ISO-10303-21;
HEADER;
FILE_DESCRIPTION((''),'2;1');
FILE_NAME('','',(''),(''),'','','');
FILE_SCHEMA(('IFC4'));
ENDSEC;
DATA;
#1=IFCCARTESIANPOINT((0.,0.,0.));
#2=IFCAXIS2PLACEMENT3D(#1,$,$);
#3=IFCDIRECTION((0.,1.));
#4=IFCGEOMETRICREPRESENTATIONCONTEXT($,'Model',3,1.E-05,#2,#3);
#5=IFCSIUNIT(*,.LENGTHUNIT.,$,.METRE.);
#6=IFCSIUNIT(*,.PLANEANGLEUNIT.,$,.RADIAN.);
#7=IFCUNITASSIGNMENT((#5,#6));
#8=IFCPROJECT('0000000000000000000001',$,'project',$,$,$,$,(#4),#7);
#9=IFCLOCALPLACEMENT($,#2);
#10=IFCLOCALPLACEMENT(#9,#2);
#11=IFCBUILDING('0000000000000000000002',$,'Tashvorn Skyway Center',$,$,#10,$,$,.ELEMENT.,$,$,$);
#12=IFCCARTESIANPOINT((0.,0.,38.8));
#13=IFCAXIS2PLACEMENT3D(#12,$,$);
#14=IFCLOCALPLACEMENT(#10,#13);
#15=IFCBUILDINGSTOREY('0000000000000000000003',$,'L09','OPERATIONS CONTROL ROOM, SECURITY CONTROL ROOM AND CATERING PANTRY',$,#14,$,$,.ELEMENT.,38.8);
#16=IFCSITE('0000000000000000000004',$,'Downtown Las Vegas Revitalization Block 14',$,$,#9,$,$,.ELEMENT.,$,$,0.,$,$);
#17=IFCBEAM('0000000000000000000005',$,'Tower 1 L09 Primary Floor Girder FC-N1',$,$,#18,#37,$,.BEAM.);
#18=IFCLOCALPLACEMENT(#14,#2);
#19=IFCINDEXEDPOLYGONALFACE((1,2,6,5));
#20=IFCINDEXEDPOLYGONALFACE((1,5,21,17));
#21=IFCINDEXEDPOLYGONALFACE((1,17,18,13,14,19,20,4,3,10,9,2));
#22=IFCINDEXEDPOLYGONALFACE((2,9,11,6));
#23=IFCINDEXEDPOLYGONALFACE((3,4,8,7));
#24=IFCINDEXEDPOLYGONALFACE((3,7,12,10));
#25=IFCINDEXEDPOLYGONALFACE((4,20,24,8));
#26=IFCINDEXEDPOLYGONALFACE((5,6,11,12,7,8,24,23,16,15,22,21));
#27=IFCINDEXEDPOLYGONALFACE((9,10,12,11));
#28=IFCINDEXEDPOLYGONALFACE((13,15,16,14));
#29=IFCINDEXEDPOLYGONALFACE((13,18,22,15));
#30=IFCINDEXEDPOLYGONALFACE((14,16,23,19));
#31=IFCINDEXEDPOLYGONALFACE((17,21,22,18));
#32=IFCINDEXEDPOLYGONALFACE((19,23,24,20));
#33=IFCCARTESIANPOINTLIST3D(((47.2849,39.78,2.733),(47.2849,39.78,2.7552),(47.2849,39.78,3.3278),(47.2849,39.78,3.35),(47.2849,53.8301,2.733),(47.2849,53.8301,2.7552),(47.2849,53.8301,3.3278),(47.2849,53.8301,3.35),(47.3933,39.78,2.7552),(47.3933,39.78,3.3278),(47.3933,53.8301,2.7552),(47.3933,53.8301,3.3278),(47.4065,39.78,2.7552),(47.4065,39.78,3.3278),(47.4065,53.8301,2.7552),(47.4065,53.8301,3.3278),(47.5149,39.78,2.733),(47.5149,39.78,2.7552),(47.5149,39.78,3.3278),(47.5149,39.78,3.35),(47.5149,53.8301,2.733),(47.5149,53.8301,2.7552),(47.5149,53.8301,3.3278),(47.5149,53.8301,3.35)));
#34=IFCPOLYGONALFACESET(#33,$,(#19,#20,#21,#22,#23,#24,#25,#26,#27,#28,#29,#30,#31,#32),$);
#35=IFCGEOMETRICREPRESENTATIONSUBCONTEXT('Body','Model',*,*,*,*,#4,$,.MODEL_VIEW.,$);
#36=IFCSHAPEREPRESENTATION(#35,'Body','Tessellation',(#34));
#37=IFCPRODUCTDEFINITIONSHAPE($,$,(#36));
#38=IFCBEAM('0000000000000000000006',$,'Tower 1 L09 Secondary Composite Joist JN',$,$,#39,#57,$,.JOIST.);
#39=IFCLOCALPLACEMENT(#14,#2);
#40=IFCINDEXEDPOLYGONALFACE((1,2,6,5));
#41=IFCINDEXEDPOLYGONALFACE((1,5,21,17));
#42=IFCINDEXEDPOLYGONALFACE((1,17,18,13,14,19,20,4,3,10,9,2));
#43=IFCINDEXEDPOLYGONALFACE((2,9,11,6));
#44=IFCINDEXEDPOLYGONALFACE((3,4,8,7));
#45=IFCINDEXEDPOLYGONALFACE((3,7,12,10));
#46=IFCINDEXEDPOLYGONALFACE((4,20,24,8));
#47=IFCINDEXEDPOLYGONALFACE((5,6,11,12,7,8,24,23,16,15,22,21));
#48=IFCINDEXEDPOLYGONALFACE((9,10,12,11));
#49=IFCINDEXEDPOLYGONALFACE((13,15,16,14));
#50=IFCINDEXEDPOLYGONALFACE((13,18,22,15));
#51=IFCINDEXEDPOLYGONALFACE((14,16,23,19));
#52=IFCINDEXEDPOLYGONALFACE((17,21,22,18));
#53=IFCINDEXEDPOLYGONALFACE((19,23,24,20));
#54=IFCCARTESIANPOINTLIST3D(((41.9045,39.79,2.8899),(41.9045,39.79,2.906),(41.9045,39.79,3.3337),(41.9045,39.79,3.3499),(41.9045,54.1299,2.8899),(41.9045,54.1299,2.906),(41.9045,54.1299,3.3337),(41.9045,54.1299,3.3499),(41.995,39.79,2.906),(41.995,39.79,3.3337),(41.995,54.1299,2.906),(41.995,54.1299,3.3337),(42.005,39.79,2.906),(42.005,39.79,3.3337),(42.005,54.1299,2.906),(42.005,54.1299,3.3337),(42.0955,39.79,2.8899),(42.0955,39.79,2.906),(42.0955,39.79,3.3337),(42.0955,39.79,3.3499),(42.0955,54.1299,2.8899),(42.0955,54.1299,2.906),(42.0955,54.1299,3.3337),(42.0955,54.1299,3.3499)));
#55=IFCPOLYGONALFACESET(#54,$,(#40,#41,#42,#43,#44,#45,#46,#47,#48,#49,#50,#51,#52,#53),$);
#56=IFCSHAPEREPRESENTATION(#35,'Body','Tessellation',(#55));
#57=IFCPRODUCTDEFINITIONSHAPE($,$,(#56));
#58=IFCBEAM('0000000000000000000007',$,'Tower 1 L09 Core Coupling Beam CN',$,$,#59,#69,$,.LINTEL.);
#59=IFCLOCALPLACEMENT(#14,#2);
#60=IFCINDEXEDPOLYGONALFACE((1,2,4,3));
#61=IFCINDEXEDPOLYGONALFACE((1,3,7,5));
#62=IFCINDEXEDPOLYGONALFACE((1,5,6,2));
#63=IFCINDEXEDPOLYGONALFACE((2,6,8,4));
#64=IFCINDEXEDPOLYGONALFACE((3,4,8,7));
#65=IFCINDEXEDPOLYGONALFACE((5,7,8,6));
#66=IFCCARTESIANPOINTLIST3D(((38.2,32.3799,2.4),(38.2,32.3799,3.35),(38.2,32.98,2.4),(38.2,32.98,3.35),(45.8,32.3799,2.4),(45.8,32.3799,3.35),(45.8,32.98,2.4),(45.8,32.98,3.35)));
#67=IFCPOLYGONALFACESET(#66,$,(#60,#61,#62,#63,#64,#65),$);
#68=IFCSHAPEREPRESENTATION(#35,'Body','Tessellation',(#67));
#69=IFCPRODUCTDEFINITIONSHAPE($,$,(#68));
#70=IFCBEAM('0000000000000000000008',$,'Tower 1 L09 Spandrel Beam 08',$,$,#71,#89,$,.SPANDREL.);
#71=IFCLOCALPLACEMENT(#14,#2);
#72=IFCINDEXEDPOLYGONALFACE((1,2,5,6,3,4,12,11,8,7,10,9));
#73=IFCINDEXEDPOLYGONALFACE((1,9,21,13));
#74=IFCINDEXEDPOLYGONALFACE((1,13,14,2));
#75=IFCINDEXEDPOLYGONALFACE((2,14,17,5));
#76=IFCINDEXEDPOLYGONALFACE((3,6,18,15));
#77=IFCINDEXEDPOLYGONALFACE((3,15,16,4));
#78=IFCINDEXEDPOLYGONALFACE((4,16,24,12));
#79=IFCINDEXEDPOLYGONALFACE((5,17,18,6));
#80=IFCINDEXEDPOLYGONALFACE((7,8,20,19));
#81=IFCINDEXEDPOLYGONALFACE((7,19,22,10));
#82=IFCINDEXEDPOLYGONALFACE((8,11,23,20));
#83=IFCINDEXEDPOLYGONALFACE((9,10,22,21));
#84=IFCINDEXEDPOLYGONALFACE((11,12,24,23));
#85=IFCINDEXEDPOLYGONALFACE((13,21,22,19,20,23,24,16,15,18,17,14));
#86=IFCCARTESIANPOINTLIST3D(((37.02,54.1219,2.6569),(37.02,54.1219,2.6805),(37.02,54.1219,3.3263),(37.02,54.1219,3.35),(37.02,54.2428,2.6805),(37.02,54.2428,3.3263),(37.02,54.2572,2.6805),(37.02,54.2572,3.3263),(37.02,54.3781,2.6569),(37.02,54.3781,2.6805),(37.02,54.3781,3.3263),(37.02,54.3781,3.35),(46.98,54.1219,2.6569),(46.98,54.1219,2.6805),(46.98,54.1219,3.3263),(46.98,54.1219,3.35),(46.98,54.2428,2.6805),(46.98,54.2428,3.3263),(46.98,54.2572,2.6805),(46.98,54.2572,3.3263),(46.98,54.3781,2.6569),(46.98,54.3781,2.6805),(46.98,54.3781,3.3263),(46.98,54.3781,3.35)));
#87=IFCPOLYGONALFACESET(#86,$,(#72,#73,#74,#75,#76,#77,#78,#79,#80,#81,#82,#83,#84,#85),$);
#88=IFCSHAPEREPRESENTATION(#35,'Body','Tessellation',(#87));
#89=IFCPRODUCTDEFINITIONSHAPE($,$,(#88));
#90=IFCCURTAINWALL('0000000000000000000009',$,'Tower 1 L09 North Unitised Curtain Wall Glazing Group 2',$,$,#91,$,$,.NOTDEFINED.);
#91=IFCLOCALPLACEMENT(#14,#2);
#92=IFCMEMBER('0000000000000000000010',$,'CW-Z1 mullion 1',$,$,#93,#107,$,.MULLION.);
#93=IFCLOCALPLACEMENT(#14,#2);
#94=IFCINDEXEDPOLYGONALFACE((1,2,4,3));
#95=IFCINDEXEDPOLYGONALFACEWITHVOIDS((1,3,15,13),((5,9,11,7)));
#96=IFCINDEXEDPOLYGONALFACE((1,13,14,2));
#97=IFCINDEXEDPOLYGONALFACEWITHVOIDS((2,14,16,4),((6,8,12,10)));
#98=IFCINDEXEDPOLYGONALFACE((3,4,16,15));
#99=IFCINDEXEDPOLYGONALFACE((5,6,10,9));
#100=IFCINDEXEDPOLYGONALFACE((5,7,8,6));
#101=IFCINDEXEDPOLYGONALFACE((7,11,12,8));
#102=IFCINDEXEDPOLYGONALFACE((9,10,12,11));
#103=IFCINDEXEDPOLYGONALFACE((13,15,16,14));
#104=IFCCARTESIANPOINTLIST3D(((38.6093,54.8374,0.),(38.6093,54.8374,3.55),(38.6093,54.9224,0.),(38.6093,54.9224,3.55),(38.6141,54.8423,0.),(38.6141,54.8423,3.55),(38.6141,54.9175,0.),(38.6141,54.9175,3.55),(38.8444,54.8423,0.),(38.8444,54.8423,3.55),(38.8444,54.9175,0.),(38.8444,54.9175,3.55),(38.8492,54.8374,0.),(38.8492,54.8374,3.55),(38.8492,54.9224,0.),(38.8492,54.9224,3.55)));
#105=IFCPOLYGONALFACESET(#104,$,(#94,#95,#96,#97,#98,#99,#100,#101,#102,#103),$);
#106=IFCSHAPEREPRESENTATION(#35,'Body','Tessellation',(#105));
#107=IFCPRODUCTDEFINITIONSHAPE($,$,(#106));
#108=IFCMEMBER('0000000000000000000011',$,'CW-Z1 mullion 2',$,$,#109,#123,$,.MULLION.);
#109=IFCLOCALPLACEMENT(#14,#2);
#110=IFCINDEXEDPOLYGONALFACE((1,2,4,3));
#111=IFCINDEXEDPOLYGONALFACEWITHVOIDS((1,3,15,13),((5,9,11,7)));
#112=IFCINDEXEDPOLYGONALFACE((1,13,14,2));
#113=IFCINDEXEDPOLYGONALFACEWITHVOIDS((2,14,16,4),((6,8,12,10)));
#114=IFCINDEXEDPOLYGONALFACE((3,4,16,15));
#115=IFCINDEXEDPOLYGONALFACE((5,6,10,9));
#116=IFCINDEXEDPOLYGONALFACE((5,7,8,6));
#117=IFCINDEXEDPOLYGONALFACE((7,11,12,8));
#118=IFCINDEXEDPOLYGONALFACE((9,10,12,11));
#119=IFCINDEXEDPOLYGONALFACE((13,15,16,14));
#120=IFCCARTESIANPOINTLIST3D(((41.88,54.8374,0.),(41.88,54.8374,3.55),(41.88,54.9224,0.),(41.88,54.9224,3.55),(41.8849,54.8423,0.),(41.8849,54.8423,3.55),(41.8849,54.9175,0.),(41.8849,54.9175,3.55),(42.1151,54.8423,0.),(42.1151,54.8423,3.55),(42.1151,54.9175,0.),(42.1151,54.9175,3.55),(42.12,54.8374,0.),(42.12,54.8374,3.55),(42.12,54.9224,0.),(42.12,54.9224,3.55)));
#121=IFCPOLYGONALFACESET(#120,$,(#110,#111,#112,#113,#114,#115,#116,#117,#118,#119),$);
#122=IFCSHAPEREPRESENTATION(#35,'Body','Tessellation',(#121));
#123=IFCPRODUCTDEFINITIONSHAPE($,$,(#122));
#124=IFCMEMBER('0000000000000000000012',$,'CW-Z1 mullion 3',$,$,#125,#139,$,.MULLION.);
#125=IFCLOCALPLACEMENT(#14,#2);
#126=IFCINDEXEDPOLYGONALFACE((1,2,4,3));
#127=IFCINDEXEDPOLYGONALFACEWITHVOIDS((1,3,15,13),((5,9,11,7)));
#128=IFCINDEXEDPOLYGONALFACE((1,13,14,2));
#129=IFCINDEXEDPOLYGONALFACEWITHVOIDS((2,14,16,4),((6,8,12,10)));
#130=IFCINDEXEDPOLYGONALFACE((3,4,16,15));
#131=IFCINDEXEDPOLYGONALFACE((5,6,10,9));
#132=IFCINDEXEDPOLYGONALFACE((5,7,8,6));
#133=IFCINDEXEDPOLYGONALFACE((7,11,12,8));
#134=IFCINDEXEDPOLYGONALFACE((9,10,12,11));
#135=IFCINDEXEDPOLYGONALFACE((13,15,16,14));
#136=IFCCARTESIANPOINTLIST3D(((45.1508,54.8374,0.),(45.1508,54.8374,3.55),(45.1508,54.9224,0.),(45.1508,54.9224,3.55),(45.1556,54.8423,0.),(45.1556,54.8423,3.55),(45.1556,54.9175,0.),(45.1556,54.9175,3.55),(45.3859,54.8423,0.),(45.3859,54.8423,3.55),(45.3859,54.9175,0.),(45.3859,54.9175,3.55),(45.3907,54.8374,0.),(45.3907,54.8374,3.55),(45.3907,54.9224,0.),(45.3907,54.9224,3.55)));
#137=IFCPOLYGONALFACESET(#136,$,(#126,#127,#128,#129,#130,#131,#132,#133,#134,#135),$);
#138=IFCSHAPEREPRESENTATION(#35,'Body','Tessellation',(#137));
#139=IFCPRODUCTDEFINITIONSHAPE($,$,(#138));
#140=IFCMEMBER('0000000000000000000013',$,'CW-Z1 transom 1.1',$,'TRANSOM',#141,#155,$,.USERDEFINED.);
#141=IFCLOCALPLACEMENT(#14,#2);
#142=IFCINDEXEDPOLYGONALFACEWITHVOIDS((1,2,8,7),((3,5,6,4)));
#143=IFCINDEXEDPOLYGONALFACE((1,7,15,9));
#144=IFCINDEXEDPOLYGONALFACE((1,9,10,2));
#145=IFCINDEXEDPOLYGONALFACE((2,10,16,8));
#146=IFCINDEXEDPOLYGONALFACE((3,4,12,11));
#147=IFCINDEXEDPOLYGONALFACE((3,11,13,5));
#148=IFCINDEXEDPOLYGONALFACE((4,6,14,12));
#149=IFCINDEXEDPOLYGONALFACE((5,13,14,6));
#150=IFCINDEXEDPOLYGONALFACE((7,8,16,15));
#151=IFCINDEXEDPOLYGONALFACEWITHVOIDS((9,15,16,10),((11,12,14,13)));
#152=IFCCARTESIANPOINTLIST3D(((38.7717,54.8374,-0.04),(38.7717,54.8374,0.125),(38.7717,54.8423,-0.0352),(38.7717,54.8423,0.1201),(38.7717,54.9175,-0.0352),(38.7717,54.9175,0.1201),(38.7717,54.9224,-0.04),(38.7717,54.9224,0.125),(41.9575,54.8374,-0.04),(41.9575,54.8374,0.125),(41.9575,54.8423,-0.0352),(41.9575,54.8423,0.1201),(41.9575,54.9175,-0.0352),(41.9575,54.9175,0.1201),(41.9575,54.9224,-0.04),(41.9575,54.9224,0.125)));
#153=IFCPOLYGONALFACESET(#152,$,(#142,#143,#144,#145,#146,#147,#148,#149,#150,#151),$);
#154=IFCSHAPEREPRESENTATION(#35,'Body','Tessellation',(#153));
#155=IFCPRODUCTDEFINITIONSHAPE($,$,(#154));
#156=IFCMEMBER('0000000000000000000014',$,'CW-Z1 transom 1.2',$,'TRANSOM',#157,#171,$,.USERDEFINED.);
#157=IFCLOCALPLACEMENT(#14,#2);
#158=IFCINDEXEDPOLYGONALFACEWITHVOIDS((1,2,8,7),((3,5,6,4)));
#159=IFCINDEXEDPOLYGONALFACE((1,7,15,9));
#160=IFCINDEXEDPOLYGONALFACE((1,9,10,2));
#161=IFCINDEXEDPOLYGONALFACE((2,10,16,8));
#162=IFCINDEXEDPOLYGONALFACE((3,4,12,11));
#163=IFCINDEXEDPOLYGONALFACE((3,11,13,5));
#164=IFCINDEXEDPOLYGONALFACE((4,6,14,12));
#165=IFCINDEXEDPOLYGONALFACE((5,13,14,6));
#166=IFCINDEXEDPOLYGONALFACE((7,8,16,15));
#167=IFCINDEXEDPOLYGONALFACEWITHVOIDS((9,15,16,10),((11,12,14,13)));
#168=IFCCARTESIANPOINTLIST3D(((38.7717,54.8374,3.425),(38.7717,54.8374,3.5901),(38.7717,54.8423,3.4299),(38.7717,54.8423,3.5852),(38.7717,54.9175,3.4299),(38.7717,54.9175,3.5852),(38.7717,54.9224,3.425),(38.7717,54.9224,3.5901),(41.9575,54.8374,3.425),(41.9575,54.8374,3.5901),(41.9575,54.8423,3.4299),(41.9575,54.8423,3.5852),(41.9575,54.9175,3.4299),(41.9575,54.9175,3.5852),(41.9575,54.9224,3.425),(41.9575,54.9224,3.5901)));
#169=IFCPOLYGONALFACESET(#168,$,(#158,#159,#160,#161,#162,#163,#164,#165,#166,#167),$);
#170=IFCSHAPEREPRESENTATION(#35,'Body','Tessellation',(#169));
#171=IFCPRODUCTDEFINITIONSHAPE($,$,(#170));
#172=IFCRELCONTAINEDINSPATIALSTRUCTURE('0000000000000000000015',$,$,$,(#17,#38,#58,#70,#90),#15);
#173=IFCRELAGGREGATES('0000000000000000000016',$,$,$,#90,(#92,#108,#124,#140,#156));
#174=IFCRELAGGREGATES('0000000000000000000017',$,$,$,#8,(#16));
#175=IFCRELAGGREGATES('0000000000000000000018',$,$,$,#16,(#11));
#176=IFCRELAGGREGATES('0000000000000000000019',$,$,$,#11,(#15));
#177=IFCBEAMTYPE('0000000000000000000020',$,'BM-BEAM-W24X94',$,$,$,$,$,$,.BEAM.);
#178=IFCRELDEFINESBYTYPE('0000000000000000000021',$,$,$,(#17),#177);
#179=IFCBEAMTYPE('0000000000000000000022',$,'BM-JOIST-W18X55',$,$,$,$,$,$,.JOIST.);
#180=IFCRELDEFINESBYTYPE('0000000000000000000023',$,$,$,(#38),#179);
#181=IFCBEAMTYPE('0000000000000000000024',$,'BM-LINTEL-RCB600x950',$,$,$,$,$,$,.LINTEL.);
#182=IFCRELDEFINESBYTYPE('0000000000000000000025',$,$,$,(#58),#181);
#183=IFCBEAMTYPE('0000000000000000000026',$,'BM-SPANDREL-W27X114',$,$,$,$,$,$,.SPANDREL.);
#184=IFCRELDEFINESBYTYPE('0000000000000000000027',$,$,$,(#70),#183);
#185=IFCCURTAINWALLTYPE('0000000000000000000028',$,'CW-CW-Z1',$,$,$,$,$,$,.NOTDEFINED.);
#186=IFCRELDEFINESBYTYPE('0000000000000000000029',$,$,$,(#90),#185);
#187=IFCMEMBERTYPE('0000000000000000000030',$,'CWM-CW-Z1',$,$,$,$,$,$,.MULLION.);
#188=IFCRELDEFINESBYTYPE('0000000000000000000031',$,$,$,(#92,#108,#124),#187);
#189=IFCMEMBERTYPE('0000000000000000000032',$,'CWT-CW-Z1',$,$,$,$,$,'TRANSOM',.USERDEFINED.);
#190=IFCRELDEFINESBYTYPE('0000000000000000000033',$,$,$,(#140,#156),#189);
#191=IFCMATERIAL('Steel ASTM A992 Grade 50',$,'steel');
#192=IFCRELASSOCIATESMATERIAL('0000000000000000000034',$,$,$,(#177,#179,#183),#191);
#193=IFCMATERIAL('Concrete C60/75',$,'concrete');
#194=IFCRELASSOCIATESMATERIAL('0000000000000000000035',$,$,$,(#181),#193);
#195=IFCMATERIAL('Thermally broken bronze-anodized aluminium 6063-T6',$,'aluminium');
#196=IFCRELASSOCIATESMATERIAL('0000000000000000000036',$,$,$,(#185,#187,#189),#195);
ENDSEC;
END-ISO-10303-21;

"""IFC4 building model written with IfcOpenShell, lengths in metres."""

from ifc_helpers import new_model, si_unit, direction, frame, origin, origin_2d, place, context, subcontext, project, spatial, rectangle, hollow_rectangle, i_section, extrude, material, material_profile, profile_set, type_object, element, aggregate, save


model = new_model("IFC4")

# Units and contexts
model_context = context("Model", 3, precision=1e-05, world=origin(), true_north=direction((0.0, 1.0)))
body_context = subcontext(model_context, "Body", "Model", "MODEL_VIEW")
ifc_project = project(units=[si_unit("LENGTHUNIT", "METRE"), si_unit("PLANEANGLEUNIT", "RADIAN")], contexts=[model_context])

# Site, building, storey
site_placement = place(None, origin())
site = spatial("IfcSite", under=ifc_project, at=site_placement, Name="Downtown Las Vegas Revitalization Block 14", CompositionType="ELEMENT", RefElevation=0.0)
building_placement = place(site_placement, origin())
building = spatial("IfcBuilding", under=site, at=building_placement, Name="Tashvorn Skyway Center", CompositionType="ELEMENT")
storey_placement = place(building_placement, frame((0.0, 0.0, 38.8)))
storey = spatial("IfcBuildingStorey", under=building, at=storey_placement, Name="L09", Description="OPERATIONS CONTROL ROOM, SECURITY CONTROL ROOM AND CATERING PANTRY", CompositionType="ELEMENT", Elevation=38.8)

# Beams
ifc_material_1 = material(Name="Steel ASTM A992 Grade 50", Category="steel")
ifc_material_profile_1 = material_profile(ifc_material_1, i_section(OverallWidth=0.23, OverallDepth=0.6169, WebThickness=0.0132, FlangeThickness=0.0222, at=origin_2d()), Name="W24X94")
ifc_profile_set_1 = profile_set([ifc_material_profile_1], Name="Steel ASTM A992 Grade 50")
beam_type_1 = type_object("IfcBeamType", Name="BM-BEAM-W24X94", PredefinedType="BEAM", material=ifc_profile_set_1)
beam_1_placement = place(storey_placement, frame((47.3999, 53.8301, 3.0415), z_axis=(0.0, -1.0, 0.0), x_axis=(1.0, 0.0, 0.0)))
element("IfcBeam", 1, at=beam_1_placement, inside=storey, type_object=beam_type_1, Name="Tower 1 L09 Primary Floor Girder FC-N1", PredefinedType="BEAM", context=body_context, shape_type="SweptSolid", body=[
    extrude(i_section(OverallWidth=0.23, OverallDepth=0.6169, WebThickness=0.0132, FlangeThickness=0.0222, at=origin_2d()), origin(), (0.0, 0.0, 1.0), 14.05),
])
ifc_material_profile_2 = material_profile(ifc_material_1, i_section(OverallWidth=0.1909, OverallDepth=0.46, WebThickness=0.01, FlangeThickness=0.0161, at=origin_2d()), Name="W18X55")
ifc_profile_set_2 = profile_set([ifc_material_profile_2], Name="Steel ASTM A992 Grade 50")
beam_type_2 = type_object("IfcBeamType", Name="BM-JOIST-W18X55", PredefinedType="JOIST", material=ifc_profile_set_2)
beam_2_placement = place(storey_placement, frame((42.0, 39.79, 3.1199), z_axis=(0.0, 1.0, 0.0), x_axis=(-1.0, 0.0, 0.0)))
element("IfcBeam", 2, at=beam_2_placement, inside=storey, type_object=beam_type_2, Name="Tower 1 L09 Secondary Composite Joist JN", PredefinedType="JOIST", context=body_context, shape_type="SweptSolid", body=[
    extrude(i_section(OverallWidth=0.1909, OverallDepth=0.46, WebThickness=0.01, FlangeThickness=0.0161, at=origin_2d()), origin(), (0.0, 0.0, 1.0), 14.3398),
])
ifc_material_2 = material(Name="Concrete C60/75", Category="concrete")
ifc_material_profile_3 = material_profile(ifc_material_2, rectangle(XDim=0.6001, YDim=0.95, at=origin_2d()), Name="RCB600x950")
ifc_profile_set_3 = profile_set([ifc_material_profile_3], Name="Concrete C60/75")
beam_type_3 = type_object("IfcBeamType", Name="BM-LINTEL-RCB600x950", PredefinedType="LINTEL", material=ifc_profile_set_3)
beam_3_placement = place(storey_placement, frame((38.2, 32.6799, 2.875), z_axis=(1.0, 0.0, 0.0), x_axis=(0.0, 1.0, 0.0)))
element("IfcBeam", 3, at=beam_3_placement, inside=storey, type_object=beam_type_3, Name="Tower 1 L09 Core Coupling Beam CN", PredefinedType="LINTEL", context=body_context, shape_type="SweptSolid", body=[
    extrude(rectangle(XDim=0.6001, YDim=0.95, at=origin_2d()), origin(), (0.0, 0.0, 1.0), 7.6001),
])
ifc_material_profile_4 = material_profile(ifc_material_1, i_section(OverallWidth=0.2561, OverallDepth=0.6931, WebThickness=0.0144, FlangeThickness=0.0237, at=origin_2d()), Name="W27X114")
ifc_profile_set_4 = profile_set([ifc_material_profile_4], Name="Steel ASTM A992 Grade 50")
beam_type_4 = type_object("IfcBeamType", Name="BM-SPANDREL-W27X114", PredefinedType="SPANDREL", material=ifc_profile_set_4)
beam_4_placement = place(storey_placement, frame((46.98, 54.25, 3.0034), z_axis=(-1.0, 0.0, 0.0), x_axis=(0.0, -1.0, 0.0)))
element("IfcBeam", 4, at=beam_4_placement, inside=storey, type_object=beam_type_4, Name="Tower 1 L09 Spandrel Beam 08", PredefinedType="SPANDREL", context=body_context, shape_type="SweptSolid", body=[
    extrude(i_section(OverallWidth=0.2561, OverallDepth=0.6931, WebThickness=0.0144, FlangeThickness=0.0237, at=origin_2d()), origin(), (0.0, 0.0, 1.0), 9.96),
])

# Curtain wall, members
ifc_material_3 = material(Name="Thermally broken bronze-anodized aluminium 6063-T6", Category="aluminium")
curtain_wall_type = type_object("IfcCurtainWallType", Name="CW-CW-Z1", PredefinedType="NOTDEFINED", material=ifc_material_3)
curtain_wall_placement = place(storey_placement, origin())
curtain_wall = element("IfcCurtainWall", 5, at=curtain_wall_placement, inside=storey, type_object=curtain_wall_type, Name="Tower 1 L09 North Unitised Curtain Wall Glazing Group 2", PredefinedType="NOTDEFINED")
ifc_material_profile_5 = material_profile(ifc_material_3, hollow_rectangle(XDim=0.085, YDim=0.24, WallThickness=0.0049, at=origin_2d()), Name="ALU-MULL-85x240")
ifc_profile_set_5 = profile_set([ifc_material_profile_5], Name="Thermally broken bronze-anodized aluminium 6063-T6")
member_type_1 = type_object("IfcMemberType", Name="CWM-CW-Z1", PredefinedType="MULLION", material=ifc_profile_set_5)
member_1_placement = place(storey_placement, frame((38.7292, 54.8799, 0.0), z_axis=(0.0, 0.0, 1.0), x_axis=(0.0, 1.0, 0.0)))
member_1 = element("IfcMember", 6, at=member_1_placement, type_object=member_type_1, Name="CW-Z1 mullion 1", PredefinedType="MULLION", context=body_context, shape_type="SweptSolid", body=[
    extrude(hollow_rectangle(XDim=0.085, YDim=0.24, WallThickness=0.0049, at=origin_2d()), origin(), (0.0, 0.0, 1.0), 3.55),
])
member_2_placement = place(storey_placement, frame((42.0, 54.8799, 0.0), z_axis=(0.0, 0.0, 1.0), x_axis=(0.0, 1.0, 0.0)))
member_2 = element("IfcMember", 7, at=member_2_placement, type_object=member_type_1, Name="CW-Z1 mullion 2", PredefinedType="MULLION", context=body_context, shape_type="SweptSolid", body=[
    extrude(hollow_rectangle(XDim=0.085, YDim=0.24, WallThickness=0.0049, at=origin_2d()), origin(), (0.0, 0.0, 1.0), 3.55),
])
member_3_placement = place(storey_placement, frame((45.2708, 54.8799, 0.0), z_axis=(0.0, 0.0, 1.0), x_axis=(0.0, 1.0, 0.0)))
member_3 = element("IfcMember", 8, at=member_3_placement, type_object=member_type_1, Name="CW-Z1 mullion 3", PredefinedType="MULLION", context=body_context, shape_type="SweptSolid", body=[
    extrude(hollow_rectangle(XDim=0.085, YDim=0.24, WallThickness=0.0049, at=origin_2d()), origin(), (0.0, 0.0, 1.0), 3.55),
])
ifc_material_profile_6 = material_profile(ifc_material_3, hollow_rectangle(XDim=0.085, YDim=0.165, WallThickness=0.0049, at=origin_2d()), Name="ALU-TRAN-85x165")
ifc_profile_set_6 = profile_set([ifc_material_profile_6], Name="Thermally broken bronze-anodized aluminium 6063-T6")
member_type_2 = type_object("IfcMemberType", Name="CWT-CW-Z1", ElementType="TRANSOM", PredefinedType="USERDEFINED", material=ifc_profile_set_6)
member_4_placement = place(storey_placement, frame((38.7717, 54.8799, 0.0425), z_axis=(1.0, 0.0, 0.0), x_axis=(0.0, 1.0, 0.0)))
member_4 = element("IfcMember", 9, at=member_4_placement, type_object=member_type_2, Name="CW-Z1 transom 1.1", ObjectType="TRANSOM", PredefinedType="USERDEFINED", context=body_context, shape_type="SweptSolid", body=[
    extrude(hollow_rectangle(XDim=0.085, YDim=0.165, WallThickness=0.0049, at=origin_2d()), origin(), (0.0, 0.0, 1.0), 3.1858),
])
member_5_placement = place(storey_placement, frame((38.7717, 54.8799, 3.5076), z_axis=(1.0, 0.0, 0.0), x_axis=(0.0, 1.0, 0.0)))
member_5 = element("IfcMember", 10, at=member_5_placement, type_object=member_type_2, Name="CW-Z1 transom 1.2", ObjectType="TRANSOM", PredefinedType="USERDEFINED", context=body_context, shape_type="SweptSolid", body=[
    extrude(hollow_rectangle(XDim=0.085, YDim=0.165, WallThickness=0.0049, at=origin_2d()), origin(), (0.0, 0.0, 1.0), 3.1858),
])
aggregate(curtain_wall, [member_1, member_2, member_3, member_4, member_5])

save(model, "model.ifc")
